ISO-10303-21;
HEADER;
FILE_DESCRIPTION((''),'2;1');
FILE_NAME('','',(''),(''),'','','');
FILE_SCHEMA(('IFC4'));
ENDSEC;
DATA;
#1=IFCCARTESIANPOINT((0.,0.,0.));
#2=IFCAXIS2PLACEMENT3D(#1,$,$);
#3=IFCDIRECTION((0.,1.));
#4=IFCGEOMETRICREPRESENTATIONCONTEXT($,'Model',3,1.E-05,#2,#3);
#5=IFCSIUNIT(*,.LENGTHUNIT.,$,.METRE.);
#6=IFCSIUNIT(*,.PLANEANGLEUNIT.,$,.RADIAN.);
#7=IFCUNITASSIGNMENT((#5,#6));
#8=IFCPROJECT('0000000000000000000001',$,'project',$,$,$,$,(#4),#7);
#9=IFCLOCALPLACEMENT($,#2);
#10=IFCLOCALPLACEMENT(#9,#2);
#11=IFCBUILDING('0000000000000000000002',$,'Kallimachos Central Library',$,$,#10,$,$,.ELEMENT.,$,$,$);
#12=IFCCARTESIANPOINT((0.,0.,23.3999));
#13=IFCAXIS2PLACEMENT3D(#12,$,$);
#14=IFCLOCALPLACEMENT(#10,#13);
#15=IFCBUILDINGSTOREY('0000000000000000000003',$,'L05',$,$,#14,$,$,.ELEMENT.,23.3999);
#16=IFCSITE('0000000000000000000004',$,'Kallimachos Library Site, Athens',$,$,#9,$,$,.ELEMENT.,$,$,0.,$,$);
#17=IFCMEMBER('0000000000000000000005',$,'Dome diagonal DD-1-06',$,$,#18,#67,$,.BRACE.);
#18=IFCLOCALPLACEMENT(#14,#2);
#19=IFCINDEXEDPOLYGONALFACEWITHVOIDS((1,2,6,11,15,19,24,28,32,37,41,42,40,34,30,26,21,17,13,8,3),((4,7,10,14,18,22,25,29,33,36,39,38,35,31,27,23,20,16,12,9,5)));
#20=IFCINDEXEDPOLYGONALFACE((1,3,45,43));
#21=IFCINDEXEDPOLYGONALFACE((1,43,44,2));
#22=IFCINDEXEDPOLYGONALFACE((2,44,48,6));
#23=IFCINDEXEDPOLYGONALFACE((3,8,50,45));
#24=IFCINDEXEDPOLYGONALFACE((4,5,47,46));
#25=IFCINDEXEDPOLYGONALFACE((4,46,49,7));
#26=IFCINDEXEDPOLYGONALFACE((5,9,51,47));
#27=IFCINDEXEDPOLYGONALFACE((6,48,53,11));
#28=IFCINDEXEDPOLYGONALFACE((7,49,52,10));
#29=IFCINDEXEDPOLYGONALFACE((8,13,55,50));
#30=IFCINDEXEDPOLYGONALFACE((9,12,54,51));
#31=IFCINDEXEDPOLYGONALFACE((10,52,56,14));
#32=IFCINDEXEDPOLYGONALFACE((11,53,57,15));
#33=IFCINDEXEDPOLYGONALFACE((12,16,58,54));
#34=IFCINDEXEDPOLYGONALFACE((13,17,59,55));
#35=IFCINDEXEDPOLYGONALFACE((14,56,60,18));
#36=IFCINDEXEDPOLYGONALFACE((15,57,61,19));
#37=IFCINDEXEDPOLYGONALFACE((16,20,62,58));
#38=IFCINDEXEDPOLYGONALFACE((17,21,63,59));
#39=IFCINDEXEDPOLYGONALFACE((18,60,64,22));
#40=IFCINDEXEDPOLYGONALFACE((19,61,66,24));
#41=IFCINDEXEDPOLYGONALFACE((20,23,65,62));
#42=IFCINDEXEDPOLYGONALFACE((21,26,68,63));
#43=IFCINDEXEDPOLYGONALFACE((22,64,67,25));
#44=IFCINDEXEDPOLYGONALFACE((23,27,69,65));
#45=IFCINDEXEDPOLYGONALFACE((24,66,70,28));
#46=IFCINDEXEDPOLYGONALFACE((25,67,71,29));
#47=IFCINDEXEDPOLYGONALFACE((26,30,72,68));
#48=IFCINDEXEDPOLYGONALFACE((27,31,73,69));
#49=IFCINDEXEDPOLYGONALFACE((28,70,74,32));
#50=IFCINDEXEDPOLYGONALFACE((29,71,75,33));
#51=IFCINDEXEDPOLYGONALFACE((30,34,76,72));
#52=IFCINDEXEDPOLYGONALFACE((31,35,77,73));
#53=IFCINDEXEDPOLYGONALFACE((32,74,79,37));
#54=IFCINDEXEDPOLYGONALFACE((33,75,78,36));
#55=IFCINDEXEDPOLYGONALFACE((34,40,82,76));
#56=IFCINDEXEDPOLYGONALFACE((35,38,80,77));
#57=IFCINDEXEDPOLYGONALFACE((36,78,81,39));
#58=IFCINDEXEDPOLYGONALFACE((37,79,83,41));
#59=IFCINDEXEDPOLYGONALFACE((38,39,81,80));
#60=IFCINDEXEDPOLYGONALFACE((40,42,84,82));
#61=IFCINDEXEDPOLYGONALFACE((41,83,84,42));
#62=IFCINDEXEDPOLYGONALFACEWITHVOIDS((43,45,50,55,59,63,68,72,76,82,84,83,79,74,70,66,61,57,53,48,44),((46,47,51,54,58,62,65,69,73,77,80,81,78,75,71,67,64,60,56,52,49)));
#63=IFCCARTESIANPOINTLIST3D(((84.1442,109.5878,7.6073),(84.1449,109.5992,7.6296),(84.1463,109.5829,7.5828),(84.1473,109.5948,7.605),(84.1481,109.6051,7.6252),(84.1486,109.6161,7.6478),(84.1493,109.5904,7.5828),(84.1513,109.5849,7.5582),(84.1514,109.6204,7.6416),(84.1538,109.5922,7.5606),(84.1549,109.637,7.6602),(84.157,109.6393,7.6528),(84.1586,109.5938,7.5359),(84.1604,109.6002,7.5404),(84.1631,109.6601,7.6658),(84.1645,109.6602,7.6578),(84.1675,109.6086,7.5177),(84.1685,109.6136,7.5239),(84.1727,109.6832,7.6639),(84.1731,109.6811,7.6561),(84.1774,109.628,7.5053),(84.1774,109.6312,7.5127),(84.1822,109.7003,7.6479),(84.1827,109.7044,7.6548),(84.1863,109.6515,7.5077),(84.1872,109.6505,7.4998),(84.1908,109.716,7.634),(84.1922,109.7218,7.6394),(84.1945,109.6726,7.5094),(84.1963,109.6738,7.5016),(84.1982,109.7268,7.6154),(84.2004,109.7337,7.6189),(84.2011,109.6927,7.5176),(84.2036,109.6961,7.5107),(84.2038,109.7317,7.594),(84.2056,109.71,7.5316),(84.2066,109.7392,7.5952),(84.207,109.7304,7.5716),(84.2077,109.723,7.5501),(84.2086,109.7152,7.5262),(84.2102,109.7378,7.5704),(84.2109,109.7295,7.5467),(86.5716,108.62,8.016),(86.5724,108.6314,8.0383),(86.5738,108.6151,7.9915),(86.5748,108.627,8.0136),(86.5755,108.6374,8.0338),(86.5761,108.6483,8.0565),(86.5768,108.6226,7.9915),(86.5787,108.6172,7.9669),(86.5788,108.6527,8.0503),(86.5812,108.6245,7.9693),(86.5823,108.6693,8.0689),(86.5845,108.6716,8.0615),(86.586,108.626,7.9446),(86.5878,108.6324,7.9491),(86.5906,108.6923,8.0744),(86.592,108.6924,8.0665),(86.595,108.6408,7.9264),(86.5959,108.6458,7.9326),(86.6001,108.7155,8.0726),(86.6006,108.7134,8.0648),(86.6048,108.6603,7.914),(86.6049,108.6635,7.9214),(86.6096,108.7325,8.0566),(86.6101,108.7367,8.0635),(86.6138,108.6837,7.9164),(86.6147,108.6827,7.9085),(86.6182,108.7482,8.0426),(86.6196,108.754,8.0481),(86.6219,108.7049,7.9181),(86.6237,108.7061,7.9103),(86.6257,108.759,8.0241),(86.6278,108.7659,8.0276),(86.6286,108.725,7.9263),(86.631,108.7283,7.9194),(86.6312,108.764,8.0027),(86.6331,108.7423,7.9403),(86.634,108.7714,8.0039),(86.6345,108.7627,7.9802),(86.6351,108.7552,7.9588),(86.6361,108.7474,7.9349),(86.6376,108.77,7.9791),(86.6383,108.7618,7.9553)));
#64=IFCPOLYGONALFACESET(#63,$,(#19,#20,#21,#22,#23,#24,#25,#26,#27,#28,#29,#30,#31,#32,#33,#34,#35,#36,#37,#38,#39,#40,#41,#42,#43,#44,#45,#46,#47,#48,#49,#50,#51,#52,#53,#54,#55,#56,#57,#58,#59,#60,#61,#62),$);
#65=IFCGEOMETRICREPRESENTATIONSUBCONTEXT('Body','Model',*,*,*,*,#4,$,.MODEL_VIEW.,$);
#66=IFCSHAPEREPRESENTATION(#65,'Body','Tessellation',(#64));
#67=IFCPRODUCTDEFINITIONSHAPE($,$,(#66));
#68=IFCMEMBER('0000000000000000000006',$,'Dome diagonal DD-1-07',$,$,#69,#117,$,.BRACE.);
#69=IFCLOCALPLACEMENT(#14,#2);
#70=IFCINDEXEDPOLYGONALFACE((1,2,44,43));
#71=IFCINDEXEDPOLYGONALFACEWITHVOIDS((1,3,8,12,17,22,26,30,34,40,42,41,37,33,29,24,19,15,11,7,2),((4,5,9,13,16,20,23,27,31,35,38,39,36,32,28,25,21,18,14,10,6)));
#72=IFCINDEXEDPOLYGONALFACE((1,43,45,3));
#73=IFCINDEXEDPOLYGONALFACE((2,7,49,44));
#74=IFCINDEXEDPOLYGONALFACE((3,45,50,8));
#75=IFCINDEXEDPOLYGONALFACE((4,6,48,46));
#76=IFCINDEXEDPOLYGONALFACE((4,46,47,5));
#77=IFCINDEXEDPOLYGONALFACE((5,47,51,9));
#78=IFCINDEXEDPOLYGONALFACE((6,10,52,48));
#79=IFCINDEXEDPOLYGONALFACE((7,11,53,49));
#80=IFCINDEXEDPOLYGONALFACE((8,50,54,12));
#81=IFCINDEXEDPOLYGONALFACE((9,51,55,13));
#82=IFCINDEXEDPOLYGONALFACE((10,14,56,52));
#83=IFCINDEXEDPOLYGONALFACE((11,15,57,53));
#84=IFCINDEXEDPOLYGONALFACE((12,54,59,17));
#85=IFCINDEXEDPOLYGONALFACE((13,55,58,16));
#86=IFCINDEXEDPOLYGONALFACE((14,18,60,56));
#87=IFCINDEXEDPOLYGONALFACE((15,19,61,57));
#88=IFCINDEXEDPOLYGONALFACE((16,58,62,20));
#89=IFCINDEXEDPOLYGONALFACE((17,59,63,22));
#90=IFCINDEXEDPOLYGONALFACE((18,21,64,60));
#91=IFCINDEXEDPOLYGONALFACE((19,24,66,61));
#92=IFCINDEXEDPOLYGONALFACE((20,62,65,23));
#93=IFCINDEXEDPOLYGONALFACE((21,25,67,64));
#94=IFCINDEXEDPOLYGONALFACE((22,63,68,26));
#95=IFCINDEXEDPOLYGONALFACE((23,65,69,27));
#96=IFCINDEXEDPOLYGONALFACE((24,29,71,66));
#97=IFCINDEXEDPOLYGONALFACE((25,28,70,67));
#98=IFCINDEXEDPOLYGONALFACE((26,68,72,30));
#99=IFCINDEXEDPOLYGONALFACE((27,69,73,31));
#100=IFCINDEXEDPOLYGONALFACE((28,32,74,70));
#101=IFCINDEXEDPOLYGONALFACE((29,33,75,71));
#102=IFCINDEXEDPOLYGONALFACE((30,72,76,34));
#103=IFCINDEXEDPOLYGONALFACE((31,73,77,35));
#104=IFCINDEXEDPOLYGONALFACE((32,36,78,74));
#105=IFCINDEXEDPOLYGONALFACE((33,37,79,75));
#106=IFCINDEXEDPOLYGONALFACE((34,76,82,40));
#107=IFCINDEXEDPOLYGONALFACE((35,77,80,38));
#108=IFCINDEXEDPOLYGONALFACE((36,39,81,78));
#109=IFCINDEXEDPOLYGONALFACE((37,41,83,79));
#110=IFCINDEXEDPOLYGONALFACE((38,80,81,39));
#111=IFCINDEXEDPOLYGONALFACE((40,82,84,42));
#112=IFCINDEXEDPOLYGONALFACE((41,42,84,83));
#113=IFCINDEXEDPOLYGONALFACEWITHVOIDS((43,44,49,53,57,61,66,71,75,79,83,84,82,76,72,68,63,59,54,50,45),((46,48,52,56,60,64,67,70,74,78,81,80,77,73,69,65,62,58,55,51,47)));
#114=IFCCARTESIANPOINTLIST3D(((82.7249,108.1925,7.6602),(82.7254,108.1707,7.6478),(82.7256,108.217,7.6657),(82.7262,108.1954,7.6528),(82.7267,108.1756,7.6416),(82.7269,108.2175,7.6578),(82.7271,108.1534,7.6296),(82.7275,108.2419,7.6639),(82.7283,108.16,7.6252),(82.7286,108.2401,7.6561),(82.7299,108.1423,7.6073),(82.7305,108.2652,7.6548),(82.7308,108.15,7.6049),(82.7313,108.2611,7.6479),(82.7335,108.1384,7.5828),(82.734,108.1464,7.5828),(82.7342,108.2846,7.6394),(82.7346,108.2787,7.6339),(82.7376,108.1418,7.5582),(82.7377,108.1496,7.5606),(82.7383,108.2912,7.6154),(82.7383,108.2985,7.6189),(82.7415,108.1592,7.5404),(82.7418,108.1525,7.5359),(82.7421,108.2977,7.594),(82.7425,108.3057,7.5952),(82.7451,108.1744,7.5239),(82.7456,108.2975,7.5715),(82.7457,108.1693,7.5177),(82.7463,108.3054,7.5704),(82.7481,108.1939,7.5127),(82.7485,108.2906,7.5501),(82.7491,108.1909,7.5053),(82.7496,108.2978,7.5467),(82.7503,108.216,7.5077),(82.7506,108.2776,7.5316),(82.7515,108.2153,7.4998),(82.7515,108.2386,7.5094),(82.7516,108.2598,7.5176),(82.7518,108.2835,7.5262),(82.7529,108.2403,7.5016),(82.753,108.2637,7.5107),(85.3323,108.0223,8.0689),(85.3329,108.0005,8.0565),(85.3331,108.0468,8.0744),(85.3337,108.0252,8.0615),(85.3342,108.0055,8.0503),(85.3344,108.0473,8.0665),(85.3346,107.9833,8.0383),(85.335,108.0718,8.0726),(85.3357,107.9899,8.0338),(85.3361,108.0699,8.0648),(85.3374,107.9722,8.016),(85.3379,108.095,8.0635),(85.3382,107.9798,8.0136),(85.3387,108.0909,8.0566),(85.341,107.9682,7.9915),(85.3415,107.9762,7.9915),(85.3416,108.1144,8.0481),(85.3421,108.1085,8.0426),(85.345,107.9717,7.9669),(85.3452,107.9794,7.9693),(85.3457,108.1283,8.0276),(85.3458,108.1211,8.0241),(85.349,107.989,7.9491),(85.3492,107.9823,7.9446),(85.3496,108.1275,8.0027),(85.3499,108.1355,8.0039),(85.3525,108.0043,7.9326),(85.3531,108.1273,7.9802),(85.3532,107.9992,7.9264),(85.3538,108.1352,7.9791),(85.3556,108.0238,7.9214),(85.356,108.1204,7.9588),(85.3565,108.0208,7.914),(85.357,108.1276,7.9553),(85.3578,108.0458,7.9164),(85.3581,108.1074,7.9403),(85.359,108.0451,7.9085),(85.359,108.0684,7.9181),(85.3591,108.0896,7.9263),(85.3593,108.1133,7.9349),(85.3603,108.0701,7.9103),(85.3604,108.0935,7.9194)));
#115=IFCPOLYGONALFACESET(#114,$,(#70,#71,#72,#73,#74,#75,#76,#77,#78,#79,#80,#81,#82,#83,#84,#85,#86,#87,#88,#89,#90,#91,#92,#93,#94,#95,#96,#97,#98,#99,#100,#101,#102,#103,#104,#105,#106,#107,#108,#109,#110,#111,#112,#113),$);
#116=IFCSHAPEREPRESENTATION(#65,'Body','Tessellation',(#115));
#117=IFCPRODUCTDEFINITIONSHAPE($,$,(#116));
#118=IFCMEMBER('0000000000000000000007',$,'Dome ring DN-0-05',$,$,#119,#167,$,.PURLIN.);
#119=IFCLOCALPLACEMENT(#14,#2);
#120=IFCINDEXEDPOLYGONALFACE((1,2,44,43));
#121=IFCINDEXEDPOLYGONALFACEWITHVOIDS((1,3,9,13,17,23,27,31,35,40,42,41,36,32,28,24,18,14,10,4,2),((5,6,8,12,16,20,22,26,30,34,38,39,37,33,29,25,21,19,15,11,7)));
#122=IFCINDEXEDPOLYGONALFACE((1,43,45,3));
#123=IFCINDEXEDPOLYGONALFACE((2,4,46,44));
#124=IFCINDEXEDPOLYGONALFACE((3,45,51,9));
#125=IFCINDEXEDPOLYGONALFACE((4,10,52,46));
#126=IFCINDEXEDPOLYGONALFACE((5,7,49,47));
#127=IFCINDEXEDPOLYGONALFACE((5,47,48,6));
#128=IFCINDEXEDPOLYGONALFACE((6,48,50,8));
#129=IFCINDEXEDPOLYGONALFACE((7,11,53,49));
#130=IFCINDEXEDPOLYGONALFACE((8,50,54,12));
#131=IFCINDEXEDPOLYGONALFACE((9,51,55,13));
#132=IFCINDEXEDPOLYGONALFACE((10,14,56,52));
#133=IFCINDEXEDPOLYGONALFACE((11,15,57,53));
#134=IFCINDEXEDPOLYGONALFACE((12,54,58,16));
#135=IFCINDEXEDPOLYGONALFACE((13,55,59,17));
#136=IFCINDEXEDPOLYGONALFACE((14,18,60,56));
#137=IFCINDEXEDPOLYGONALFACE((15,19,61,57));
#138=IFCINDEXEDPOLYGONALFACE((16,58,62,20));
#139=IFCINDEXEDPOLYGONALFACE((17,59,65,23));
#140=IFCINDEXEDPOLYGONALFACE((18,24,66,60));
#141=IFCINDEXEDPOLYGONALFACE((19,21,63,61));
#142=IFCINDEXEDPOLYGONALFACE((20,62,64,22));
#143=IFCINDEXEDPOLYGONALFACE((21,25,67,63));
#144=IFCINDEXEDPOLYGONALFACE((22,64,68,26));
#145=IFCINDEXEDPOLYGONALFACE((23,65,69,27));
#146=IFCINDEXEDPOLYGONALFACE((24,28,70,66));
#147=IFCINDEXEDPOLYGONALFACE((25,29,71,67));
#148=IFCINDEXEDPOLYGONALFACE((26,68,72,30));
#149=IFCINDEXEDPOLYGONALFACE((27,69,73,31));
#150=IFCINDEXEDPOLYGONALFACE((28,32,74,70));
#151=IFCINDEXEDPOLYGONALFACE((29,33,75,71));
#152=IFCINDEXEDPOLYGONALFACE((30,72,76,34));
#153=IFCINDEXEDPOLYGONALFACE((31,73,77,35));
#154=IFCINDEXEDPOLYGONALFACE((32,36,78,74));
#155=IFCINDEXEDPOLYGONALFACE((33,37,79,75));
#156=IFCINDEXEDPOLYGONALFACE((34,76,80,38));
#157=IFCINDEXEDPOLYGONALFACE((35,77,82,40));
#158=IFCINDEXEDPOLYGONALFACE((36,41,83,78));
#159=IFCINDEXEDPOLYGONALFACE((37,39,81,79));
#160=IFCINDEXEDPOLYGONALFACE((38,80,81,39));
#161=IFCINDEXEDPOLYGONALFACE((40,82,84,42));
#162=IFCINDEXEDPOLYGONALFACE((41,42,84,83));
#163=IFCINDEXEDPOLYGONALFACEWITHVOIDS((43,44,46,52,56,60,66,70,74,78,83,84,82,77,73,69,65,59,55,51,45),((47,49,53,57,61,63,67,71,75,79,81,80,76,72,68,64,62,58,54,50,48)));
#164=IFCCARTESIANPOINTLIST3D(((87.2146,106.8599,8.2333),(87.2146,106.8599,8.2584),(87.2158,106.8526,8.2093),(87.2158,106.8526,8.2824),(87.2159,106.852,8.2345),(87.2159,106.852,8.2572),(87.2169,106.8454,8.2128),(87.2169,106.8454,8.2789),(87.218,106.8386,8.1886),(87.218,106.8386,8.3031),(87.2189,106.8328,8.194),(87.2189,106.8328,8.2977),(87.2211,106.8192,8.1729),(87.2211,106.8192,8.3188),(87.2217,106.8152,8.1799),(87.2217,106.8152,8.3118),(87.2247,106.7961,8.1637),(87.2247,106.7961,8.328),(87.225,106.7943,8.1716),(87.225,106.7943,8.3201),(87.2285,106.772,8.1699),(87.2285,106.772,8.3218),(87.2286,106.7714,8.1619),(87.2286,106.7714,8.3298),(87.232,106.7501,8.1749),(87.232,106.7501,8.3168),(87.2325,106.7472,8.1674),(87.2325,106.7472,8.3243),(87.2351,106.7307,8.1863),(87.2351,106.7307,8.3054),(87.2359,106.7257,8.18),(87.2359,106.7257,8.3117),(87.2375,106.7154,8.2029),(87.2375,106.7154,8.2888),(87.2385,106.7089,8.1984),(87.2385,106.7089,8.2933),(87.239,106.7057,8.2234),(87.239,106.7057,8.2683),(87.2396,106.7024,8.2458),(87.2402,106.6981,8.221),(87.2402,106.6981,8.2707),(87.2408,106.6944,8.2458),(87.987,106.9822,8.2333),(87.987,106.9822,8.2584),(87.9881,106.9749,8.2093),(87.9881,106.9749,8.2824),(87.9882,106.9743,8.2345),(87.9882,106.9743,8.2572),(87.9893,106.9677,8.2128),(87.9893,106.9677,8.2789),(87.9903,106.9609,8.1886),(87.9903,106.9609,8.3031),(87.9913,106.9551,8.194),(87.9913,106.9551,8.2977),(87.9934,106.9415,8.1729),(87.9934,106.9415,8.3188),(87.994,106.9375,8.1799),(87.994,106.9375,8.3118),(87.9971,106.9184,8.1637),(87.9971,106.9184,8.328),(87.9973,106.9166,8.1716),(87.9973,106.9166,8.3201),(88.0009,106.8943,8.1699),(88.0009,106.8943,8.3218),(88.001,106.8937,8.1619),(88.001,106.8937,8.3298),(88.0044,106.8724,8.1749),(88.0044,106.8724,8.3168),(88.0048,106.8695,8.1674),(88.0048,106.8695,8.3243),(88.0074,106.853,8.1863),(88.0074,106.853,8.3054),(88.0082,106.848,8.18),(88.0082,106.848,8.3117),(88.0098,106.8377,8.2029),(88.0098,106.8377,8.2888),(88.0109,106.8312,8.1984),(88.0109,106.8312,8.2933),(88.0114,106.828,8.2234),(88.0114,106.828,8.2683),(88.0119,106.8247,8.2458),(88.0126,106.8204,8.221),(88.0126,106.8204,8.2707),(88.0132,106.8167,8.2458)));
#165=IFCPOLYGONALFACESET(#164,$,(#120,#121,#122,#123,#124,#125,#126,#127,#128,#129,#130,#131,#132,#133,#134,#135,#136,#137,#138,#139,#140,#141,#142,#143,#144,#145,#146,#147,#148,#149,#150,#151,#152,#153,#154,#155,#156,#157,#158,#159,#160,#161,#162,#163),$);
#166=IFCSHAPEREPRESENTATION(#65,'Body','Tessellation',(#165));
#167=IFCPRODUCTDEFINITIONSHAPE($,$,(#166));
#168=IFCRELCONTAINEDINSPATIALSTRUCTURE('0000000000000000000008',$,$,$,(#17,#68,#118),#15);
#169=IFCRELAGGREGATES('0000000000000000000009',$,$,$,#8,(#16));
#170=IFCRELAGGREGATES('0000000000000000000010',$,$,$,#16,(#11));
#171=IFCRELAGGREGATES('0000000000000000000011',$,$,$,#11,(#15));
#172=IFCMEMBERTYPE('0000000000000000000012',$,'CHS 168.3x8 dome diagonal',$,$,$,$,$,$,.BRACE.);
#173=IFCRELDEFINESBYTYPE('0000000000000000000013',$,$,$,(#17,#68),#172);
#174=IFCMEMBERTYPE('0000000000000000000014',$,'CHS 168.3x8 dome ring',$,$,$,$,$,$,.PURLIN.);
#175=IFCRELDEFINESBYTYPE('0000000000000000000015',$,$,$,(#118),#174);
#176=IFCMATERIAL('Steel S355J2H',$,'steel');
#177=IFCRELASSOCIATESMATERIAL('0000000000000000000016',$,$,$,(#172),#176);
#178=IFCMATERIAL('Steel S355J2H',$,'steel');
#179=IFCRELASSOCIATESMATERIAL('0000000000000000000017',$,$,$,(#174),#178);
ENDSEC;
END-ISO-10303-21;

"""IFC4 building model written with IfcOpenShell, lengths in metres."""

from ifc_helpers import new_model, si_unit, direction, frame, origin, origin_2d, place, context, subcontext, project, spatial, hollow_circle, extrude, material, material_profile, profile_set, type_object, element, save


model = new_model("IFC4")

# Units and contexts
model_context = context("Model", 3, precision=1e-05, world=origin(), true_north=direction((0.0, 1.0)))
body_context = subcontext(model_context, "Body", "Model", "MODEL_VIEW")
ifc_project = project(units=[si_unit("LENGTHUNIT", "METRE"), si_unit("PLANEANGLEUNIT", "RADIAN")], contexts=[model_context])

# Site, building, storey
site_placement = place(None, origin())
site = spatial("IfcSite", under=ifc_project, at=site_placement, Name="Kallimachos Library Site, Athens", CompositionType="ELEMENT", RefElevation=0.0)
building_placement = place(site_placement, origin())
building = spatial("IfcBuilding", under=site, at=building_placement, Name="Kallimachos Central Library", CompositionType="ELEMENT")
storey_placement = place(building_placement, frame((0.0, 0.0, 23.3999)))
storey = spatial("IfcBuildingStorey", under=building, at=storey_placement, Name="L05", CompositionType="ELEMENT", Elevation=23.3999)

# Members
ifc_material_1 = material(Name="Steel S355J2H", Category="steel")
ifc_material_profile_1 = material_profile(ifc_material_1, hollow_circle(Radius=0.0842, WallThickness=0.0081, at=origin_2d()), Name="CHS 168.3x8")
ifc_profile_set_1 = profile_set([ifc_material_profile_1], Name="Steel S355J2H")
member_type_1 = type_object("IfcMemberType", Name="CHS 168.3x8 dome diagonal", PredefinedType="BRACE", material=ifc_profile_set_1)
member_1_placement = place(storey_placement, frame((86.605, 108.6934, 7.9915), z_axis=(-0.917746, 0.36588, -0.154511), x_axis=(-0.370327, -0.928901, 0.0)))
element("IfcMember", 1, at=member_1_placement, inside=storey, type_object=member_type_1, Name="Dome diagonal DD-1-06", PredefinedType="BRACE", context=body_context, shape_type="SweptSolid", body=[
    extrude(hollow_circle(Radius=0.0842, WallThickness=0.0081, at=origin_2d()), origin(), (0.0, 0.0, 1.0), 2.645),
])
member_2_placement = place(storey_placement, frame((85.3464, 108.0522, 7.9915), z_axis=(-0.985891, 0.064341, -0.15453), x_axis=(-0.065124, -0.997877, 0.0)))
element("IfcMember", 2, at=member_2_placement, inside=storey, type_object=member_type_1, Name="Dome diagonal DD-1-07", PredefinedType="BRACE", context=body_context, shape_type="SweptSolid", body=[
    extrude(hollow_circle(Radius=0.0842, WallThickness=0.0081, at=origin_2d()), origin(), (0.0, 0.0, 1.0), 2.6448),
])
ifc_material_2 = material(Name="Steel S355J2H", Category="steel")
ifc_material_profile_2 = material_profile(ifc_material_2, hollow_circle(Radius=0.0842, WallThickness=0.0081, at=origin_2d()), Name="CHS 168.3x8")
ifc_profile_set_2 = profile_set([ifc_material_profile_2], Name="Steel S355J2H")
member_type_2 = type_object("IfcMemberType", Name="CHS 168.3x8 dome ring", PredefinedType="PURLIN", material=ifc_profile_set_2)
member_3_placement = place(storey_placement, frame((88.0, 106.8999, 8.2458), z_axis=(-0.987695, -0.156395, 0.0), x_axis=(0.156395, -0.987695, 0.0)))
element("IfcMember", 3, at=member_3_placement, inside=storey, type_object=member_type_2, Name="Dome ring DN-0-05", PredefinedType="PURLIN", context=body_context, shape_type="SweptSolid", body=[
    extrude(hollow_circle(Radius=0.0842, WallThickness=0.0081, at=origin_2d()), origin(), (0.0, 0.0, 1.0), 0.782),
])

save(model, "model.ifc")
